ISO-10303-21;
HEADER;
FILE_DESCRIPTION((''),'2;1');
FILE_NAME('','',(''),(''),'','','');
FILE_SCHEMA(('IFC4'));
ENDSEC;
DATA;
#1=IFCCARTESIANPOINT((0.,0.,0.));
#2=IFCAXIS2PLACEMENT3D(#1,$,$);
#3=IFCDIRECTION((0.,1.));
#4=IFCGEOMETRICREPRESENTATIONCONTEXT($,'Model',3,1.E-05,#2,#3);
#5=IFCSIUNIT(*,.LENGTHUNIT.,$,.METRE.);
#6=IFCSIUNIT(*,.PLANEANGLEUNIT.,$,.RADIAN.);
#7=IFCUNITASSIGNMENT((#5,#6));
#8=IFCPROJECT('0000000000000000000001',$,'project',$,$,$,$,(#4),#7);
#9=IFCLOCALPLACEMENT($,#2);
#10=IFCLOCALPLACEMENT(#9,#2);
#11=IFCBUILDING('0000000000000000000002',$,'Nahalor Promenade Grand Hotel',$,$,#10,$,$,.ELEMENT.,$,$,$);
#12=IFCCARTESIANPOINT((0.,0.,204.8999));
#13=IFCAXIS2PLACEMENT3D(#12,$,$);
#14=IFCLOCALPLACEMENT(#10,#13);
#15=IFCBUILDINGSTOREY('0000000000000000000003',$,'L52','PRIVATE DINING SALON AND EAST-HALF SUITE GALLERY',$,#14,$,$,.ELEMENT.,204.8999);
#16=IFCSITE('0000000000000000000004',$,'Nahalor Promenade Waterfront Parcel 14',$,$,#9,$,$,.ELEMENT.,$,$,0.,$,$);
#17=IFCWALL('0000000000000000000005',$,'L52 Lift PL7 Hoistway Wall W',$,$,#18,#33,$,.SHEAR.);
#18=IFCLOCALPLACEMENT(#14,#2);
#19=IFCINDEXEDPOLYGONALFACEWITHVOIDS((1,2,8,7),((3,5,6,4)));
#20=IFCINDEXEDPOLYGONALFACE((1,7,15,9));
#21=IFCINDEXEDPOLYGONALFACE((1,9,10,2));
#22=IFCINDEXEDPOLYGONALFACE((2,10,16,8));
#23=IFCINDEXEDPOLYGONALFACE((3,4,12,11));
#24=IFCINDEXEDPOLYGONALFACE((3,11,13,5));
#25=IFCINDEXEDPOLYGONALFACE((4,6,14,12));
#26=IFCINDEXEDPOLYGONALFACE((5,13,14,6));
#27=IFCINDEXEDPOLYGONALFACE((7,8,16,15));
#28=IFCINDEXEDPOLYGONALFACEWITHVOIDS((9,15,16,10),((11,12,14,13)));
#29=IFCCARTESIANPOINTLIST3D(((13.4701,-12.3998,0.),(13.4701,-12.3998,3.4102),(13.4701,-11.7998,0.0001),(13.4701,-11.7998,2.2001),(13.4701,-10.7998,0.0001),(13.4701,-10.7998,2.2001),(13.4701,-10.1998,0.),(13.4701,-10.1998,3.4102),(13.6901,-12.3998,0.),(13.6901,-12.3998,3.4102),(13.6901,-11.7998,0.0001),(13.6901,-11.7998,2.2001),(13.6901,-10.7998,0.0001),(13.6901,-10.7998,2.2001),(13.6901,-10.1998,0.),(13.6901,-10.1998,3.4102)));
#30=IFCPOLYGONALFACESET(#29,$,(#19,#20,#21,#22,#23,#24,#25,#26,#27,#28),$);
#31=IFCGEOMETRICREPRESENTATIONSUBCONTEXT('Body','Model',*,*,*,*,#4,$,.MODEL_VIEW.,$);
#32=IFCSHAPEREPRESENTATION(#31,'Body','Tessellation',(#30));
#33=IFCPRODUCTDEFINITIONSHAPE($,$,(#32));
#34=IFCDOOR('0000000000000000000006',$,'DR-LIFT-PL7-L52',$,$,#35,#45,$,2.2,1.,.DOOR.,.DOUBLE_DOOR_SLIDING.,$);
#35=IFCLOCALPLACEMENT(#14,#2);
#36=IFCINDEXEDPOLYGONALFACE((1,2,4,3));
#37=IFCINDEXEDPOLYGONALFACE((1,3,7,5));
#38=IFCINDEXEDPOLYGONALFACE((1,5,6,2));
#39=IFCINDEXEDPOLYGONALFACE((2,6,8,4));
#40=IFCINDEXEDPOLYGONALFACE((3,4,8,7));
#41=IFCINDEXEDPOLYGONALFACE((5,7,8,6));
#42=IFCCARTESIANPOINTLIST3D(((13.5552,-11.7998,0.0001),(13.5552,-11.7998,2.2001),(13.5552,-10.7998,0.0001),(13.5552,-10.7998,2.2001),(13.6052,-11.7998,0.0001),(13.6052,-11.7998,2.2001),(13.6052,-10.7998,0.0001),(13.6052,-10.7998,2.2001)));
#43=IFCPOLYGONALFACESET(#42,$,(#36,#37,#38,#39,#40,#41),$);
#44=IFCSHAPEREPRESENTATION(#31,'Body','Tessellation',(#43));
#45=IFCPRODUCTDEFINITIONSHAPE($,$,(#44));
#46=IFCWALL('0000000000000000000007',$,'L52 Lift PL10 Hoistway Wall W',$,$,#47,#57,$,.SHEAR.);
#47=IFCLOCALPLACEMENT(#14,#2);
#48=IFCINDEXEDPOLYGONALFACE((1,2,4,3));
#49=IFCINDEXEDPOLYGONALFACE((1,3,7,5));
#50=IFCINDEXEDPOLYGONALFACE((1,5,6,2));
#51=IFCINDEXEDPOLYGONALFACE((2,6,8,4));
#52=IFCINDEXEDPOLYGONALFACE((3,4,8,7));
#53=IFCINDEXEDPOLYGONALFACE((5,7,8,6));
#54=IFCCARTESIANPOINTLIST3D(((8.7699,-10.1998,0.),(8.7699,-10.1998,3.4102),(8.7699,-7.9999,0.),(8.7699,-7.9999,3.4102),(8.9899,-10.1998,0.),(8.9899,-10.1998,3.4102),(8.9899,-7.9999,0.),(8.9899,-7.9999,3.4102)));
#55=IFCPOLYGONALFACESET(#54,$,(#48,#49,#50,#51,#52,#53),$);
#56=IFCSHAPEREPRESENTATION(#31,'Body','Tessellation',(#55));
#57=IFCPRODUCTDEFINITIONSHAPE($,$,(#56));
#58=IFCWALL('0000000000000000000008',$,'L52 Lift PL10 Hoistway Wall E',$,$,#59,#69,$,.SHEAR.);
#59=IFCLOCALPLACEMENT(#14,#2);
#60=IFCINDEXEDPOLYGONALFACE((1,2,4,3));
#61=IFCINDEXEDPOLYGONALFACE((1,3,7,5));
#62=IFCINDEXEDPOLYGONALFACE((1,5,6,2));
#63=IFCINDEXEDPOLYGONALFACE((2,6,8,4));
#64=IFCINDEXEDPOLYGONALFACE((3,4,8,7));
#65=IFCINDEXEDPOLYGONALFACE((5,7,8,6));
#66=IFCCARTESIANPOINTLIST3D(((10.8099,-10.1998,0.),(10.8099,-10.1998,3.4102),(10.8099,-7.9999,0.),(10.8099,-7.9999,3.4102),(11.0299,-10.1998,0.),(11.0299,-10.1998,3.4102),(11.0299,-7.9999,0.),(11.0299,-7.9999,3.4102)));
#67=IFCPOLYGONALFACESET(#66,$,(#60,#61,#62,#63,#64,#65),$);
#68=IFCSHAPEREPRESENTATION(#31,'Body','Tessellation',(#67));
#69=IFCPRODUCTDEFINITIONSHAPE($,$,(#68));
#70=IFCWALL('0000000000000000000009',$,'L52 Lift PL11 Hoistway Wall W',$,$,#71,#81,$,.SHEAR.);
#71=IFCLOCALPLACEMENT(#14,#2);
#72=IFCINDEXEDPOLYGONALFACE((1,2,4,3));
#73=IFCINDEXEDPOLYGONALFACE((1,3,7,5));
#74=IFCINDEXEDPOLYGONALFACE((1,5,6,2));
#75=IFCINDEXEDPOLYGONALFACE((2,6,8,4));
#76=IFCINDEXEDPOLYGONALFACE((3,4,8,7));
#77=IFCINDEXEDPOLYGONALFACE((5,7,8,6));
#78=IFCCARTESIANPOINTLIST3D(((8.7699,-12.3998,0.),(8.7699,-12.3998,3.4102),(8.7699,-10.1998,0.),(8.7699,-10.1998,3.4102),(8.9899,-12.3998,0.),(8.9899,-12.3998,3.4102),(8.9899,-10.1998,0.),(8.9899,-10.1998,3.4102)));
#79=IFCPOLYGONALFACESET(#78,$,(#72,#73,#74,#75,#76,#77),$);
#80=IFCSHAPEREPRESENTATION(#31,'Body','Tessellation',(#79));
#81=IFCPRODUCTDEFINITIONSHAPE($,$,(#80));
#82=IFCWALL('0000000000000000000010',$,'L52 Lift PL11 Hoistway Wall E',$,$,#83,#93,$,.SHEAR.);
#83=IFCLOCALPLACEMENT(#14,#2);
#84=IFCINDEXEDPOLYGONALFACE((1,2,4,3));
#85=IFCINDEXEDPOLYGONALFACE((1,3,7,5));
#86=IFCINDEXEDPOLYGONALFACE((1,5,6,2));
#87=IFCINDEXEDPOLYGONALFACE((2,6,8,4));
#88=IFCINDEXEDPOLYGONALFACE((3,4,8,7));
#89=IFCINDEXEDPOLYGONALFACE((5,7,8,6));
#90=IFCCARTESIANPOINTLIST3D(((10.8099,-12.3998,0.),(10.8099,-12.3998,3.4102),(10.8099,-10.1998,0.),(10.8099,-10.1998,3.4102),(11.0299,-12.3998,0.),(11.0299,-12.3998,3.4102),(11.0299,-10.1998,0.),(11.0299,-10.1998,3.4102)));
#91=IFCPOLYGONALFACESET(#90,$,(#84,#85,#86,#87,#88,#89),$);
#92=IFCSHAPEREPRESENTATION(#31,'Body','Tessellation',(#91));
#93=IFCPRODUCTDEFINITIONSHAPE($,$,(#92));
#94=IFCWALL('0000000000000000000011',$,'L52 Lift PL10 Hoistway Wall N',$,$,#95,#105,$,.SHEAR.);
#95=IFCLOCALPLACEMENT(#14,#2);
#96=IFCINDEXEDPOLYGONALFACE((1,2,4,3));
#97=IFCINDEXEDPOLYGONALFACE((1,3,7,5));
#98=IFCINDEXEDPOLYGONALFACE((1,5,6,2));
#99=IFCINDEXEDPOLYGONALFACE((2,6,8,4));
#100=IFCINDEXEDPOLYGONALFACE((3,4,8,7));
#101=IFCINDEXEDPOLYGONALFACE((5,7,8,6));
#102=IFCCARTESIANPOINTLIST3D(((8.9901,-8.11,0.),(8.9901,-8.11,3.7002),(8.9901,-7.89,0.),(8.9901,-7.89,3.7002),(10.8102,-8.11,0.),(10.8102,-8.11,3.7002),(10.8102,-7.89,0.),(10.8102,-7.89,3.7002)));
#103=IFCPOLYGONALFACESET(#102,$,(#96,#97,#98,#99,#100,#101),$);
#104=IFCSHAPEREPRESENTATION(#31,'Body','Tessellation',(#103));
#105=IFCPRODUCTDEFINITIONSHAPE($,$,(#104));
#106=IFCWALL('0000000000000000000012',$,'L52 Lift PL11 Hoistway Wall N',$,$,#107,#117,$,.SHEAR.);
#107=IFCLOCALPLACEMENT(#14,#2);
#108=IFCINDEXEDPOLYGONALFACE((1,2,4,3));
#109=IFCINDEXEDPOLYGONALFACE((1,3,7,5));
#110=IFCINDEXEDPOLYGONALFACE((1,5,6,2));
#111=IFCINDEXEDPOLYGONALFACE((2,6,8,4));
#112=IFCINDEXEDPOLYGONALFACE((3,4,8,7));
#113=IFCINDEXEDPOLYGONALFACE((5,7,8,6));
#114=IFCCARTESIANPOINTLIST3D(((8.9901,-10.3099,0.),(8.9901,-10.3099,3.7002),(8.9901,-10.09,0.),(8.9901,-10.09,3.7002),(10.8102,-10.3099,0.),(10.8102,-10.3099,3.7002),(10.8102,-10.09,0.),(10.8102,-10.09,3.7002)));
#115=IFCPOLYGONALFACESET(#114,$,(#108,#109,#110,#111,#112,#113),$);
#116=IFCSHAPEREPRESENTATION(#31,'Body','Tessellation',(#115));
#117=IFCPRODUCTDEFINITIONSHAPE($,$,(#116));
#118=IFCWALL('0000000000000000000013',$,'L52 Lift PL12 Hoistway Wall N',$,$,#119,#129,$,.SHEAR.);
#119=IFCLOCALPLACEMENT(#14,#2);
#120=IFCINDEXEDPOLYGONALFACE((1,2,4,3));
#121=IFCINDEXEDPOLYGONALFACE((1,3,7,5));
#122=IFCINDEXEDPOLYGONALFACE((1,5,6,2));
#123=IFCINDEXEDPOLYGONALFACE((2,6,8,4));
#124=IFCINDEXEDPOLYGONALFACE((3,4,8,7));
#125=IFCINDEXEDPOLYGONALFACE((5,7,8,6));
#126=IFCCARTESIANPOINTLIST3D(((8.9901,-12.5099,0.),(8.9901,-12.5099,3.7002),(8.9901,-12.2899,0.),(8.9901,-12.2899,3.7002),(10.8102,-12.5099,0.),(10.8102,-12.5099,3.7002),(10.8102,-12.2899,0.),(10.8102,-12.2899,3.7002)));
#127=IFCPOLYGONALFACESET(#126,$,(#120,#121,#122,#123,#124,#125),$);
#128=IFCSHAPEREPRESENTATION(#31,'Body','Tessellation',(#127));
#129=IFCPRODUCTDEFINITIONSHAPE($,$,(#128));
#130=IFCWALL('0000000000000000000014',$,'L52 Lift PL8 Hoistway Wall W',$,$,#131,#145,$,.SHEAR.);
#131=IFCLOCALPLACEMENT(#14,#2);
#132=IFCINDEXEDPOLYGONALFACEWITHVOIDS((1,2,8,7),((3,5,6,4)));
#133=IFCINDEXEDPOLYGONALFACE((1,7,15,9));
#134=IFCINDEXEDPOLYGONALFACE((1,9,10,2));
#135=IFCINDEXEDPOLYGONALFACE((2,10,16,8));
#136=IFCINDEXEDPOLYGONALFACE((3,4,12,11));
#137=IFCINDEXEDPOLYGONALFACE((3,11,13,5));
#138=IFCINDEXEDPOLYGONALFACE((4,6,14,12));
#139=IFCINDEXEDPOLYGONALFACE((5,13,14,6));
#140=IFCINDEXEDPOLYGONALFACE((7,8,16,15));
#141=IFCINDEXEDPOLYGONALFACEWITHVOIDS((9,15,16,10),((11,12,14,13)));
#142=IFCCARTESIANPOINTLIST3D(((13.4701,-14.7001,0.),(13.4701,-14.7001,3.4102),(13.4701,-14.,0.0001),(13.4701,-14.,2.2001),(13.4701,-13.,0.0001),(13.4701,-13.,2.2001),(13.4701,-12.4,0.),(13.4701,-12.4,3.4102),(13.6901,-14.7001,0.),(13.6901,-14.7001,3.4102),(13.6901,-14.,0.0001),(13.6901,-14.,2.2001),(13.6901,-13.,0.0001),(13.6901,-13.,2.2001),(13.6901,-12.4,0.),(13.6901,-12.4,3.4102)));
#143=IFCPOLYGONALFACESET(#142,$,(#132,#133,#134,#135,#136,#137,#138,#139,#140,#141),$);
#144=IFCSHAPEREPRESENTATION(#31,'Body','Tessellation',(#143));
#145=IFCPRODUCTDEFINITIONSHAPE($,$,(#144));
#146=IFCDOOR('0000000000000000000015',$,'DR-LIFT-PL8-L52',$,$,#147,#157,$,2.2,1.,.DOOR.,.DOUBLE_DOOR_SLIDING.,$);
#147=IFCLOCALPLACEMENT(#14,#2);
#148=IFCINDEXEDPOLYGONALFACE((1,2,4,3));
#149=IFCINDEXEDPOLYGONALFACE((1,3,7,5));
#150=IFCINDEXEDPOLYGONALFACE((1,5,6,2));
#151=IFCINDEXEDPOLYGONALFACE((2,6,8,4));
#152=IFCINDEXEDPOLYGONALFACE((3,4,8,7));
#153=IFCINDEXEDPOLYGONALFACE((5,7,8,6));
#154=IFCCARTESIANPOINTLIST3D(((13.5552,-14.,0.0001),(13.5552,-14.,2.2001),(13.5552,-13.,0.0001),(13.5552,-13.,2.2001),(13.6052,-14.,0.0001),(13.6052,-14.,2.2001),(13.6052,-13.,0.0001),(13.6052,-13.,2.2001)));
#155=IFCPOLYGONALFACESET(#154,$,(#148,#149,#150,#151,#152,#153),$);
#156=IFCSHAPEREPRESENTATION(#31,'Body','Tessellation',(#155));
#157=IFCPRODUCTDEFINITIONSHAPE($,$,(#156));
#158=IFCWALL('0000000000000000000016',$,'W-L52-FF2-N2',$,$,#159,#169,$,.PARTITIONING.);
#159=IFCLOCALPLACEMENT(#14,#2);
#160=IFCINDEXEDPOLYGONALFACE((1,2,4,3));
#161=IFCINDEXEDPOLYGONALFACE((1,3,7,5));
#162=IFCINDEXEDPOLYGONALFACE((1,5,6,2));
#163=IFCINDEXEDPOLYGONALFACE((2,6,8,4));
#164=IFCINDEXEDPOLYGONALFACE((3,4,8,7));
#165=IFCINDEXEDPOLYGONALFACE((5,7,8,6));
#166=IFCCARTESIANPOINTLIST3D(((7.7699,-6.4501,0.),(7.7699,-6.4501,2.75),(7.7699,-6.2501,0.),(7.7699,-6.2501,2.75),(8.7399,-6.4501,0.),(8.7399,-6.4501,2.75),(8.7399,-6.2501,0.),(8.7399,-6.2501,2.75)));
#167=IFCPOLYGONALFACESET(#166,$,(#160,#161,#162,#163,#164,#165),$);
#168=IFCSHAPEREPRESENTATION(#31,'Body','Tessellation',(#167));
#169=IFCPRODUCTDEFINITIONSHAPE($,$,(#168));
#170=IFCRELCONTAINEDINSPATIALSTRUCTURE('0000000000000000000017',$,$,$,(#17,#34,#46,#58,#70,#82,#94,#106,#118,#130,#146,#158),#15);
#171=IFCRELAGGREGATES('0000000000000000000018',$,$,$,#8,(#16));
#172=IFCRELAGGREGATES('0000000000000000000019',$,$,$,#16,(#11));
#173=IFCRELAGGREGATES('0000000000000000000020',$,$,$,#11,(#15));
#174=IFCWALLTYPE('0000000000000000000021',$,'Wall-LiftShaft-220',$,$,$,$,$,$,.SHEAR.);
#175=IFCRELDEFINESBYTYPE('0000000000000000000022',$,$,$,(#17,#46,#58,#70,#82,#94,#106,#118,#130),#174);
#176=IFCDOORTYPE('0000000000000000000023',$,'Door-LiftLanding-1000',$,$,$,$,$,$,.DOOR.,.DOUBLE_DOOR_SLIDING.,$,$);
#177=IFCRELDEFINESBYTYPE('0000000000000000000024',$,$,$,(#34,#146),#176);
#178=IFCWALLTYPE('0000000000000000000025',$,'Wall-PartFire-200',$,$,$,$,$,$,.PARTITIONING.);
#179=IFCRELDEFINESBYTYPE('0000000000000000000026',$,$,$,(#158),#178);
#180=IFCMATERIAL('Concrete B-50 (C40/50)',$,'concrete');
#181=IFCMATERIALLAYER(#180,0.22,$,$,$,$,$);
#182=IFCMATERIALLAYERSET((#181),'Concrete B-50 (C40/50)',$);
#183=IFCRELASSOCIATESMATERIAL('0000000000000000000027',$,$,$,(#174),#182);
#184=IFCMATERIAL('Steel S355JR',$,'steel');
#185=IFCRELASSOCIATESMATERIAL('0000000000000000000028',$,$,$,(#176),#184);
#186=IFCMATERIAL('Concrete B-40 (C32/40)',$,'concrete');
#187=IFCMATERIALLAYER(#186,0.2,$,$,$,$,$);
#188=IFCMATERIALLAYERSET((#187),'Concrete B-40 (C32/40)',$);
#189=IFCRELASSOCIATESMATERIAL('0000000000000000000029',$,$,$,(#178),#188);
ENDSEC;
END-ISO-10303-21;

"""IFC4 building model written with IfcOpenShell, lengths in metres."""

from ifc_helpers import new_model, si_unit, direction, frame, frame_2d, origin, place, context, subcontext, project, spatial, rectangle, extrude, source, transform, mapped, material, layer, layer_set, type_object, element, fill, save


model = new_model("IFC4")

# Units and contexts
model_context = context("Model", 3, precision=1e-05, world=origin(), true_north=direction((0.0, 1.0)))
body_context = subcontext(model_context, "Body", "Model", "MODEL_VIEW")
ifc_project = project(units=[si_unit("LENGTHUNIT", "METRE"), si_unit("PLANEANGLEUNIT", "RADIAN")], contexts=[model_context])

# Site, building, storey
site_placement = place(None, origin())
site = spatial("IfcSite", under=ifc_project, at=site_placement, Name="Nahalor Promenade Waterfront Parcel 14", CompositionType="ELEMENT", RefElevation=0.0)
building_placement = place(site_placement, origin())
building = spatial("IfcBuilding", under=site, at=building_placement, Name="Nahalor Promenade Grand Hotel", CompositionType="ELEMENT")
storey_placement = place(building_placement, frame((0.0, 0.0, 204.8999)))
storey = spatial("IfcBuildingStorey", under=building, at=storey_placement, Name="L52", Description="PRIVATE DINING SALON AND EAST-HALF SUITE GALLERY", CompositionType="ELEMENT", Elevation=204.8999)

# Shared definitions
ifc_material_1 = material(Name="Steel S355JR", Category="steel")

# Shared definitions
ifc_material_2 = material(Name="Concrete B-50 (C40/50)", Category="concrete")

# Shared definitions
ifc_layer_1 = layer(ifc_material_2, 0.22)
ifc_layer_set_1 = layer_set([ifc_layer_1], Name="Concrete B-50 (C40/50)")
wall_type_1 = type_object("IfcWallType", Name="Wall-LiftShaft-220", PredefinedType="SHEAR", material=ifc_layer_set_1)
door_type = type_object("IfcDoorType", Name="Door-LiftLanding-1000", OperationType="DOUBLE_DOOR_SLIDING", PredefinedType="DOOR", material=ifc_material_1)
shared_shape_1 = source(origin(), body_context, "Body", "SweptSolid", [
    extrude(rectangle(XDim=1.0, YDim=2.2, at=frame_2d((0.5, 1.1001))), frame((0.0, 0.0249, 0.0), z_axis=(0.0, -1.0, 0.0), x_axis=(1.0, 0.0, 0.0)), (0.0, 0.0, 1.0), 0.05),
])

# Wall, opening, door
shared_shape_2 = source(origin(), body_context, "Body", "SweptSolid", [
    extrude(rectangle(XDim=2.2, YDim=0.22, at=frame_2d((1.1001, 0.0))), origin(), (0.0, 0.0, 1.0), 3.4102),
])
wall_1_placement = place(storey_placement, frame((13.5801, -12.3999, 0.0), z_axis=(0.0, 0.0, 1.0), x_axis=(0.0, 1.0, 0.0)))
wall_1 = element("IfcWall", 1, at=wall_1_placement, inside=storey, type_object=wall_type_1, Name="L52 Lift PL7 Hoistway Wall W", PredefinedType="SHEAR", context=body_context, shape_type="MappedRepresentation", body=[
    mapped(shared_shape_2, transform((0.0, 0.0, 0.0), scale=1.0)),
])
opening_1_placement = place(wall_1_placement, frame((0.6001, 0.0, 0.0)))
opening_1 = element("IfcOpeningElement", 2, at=opening_1_placement, cuts=wall_1, PredefinedType="OPENING", context=body_context, shape_type="SweptSolid", body=[
    extrude(rectangle(XDim=1.0, YDim=2.2, at=frame_2d((0.5, 1.1001))), frame((0.0, 0.1199, 0.0), z_axis=(0.0, -1.0, 0.0), x_axis=(1.0, 0.0, 0.0)), (0.0, 0.0, 1.0), 0.24),
])
door_1_placement = place(opening_1_placement, origin())
door_1 = element("IfcDoor", 3, at=door_1_placement, inside=storey, type_object=door_type, Name="DR-LIFT-PL7-L52", OperationType="DOUBLE_DOOR_SLIDING", OverallHeight=2.2, OverallWidth=1.0, PredefinedType="DOOR", context=body_context, shape_type="MappedRepresentation", body=[
    mapped(shared_shape_1, transform((0.0, 0.0, 0.0), scale=1.0)),
])
fill(opening_1, door_1)

# Walls
for number, where, z_axis, x_axis, name in (
    (4, (8.8799, -10.2, 0.0), (0.0, 0.0, 1.0), (0.0, 1.0, 0.0), "L52 Lift PL10 Hoistway Wall W"),
    (5, (10.9199, -10.2, 0.0), (0.0, 0.0, 1.0), (0.0, 1.0, 0.0), "L52 Lift PL10 Hoistway Wall E"),
    (6, (8.8799, -12.3999, 0.0), (0.0, 0.0, 1.0), (0.0, 1.0, 0.0), "L52 Lift PL11 Hoistway Wall W"),
    (7, (10.9199, -12.3999, 0.0), (0.0, 0.0, 1.0), (0.0, 1.0, 0.0), "L52 Lift PL11 Hoistway Wall E"),
):
    element("IfcWall", number, at=place(storey_placement, frame(where, z_axis=z_axis, x_axis=x_axis)), inside=storey, type_object=wall_type_1, Name=name, PredefinedType="SHEAR", context=body_context, shape_type="MappedRepresentation", body=[
        mapped(shared_shape_2, transform((0.0, 0.0, 0.0), scale=1.0)),
    ])
shared_shape_3 = source(origin(), body_context, "Body", "SweptSolid", [
    extrude(rectangle(XDim=1.8201, YDim=0.22, at=frame_2d((0.9102, 0.0))), origin(), (0.0, 0.0, 1.0), 3.7002),
])
for number, where, z_axis, x_axis, name in (
    (8, (8.99, -8.0, 0.0), (0.0, 0.0, 1.0), (1.0, 0.0, 0.0), "L52 Lift PL10 Hoistway Wall N"),
    (9, (8.99, -10.2, 0.0), (0.0, 0.0, 1.0), (1.0, 0.0, 0.0), "L52 Lift PL11 Hoistway Wall N"),
    (10, (8.99, -12.3999, 0.0), (0.0, 0.0, 1.0), (1.0, 0.0, 0.0), "L52 Lift PL12 Hoistway Wall N"),
):
    element("IfcWall", number, at=place(storey_placement, frame(where, z_axis=z_axis, x_axis=x_axis)), inside=storey, type_object=wall_type_1, Name=name, PredefinedType="SHEAR", context=body_context, shape_type="MappedRepresentation", body=[
        mapped(shared_shape_3, transform((0.0, 0.0, 0.0), scale=1.0)),
    ])

# Wall, opening, door
shared_shape_4 = source(origin(), body_context, "Body", "SweptSolid", [
    extrude(rectangle(XDim=2.3, YDim=0.22, at=frame_2d((1.1499, 0.0))), origin(), (0.0, 0.0, 1.0), 3.4102),
])
wall_2_placement = place(storey_placement, frame((13.5801, -14.7, 0.0), z_axis=(0.0, 0.0, 1.0), x_axis=(0.0, 1.0, 0.0)))
wall_2 = element("IfcWall", 11, at=wall_2_placement, inside=storey, type_object=wall_type_1, Name="L52 Lift PL8 Hoistway Wall W", PredefinedType="SHEAR", context=body_context, shape_type="MappedRepresentation", body=[
    mapped(shared_shape_4, transform((0.0, 0.0, 0.0), scale=1.0)),
])
opening_2_placement = place(wall_2_placement, frame((0.7, 0.0, 0.0)))
opening_2 = element("IfcOpeningElement", 12, at=opening_2_placement, cuts=wall_2, PredefinedType="OPENING", context=body_context, shape_type="SweptSolid", body=[
    extrude(rectangle(XDim=1.0, YDim=2.2, at=frame_2d((0.5, 1.1001))), frame((0.0, 0.1199, 0.0), z_axis=(0.0, -1.0, 0.0), x_axis=(1.0, 0.0, 0.0)), (0.0, 0.0, 1.0), 0.24),
])
door_2_placement = place(opening_2_placement, origin())
door_2 = element("IfcDoor", 13, at=door_2_placement, inside=storey, type_object=door_type, Name="DR-LIFT-PL8-L52", OperationType="DOUBLE_DOOR_SLIDING", OverallHeight=2.2, OverallWidth=1.0, PredefinedType="DOOR", context=body_context, shape_type="MappedRepresentation", body=[
    mapped(shared_shape_1, transform((0.0, 0.0, 0.0), scale=1.0)),
])
fill(opening_2, door_2)

# Wall
ifc_material_3 = material(Name="Concrete B-40 (C32/40)", Category="concrete")
ifc_layer_2 = layer(ifc_material_3, 0.2)
ifc_layer_set_2 = layer_set([ifc_layer_2], Name="Concrete B-40 (C32/40)")
wall_type_2 = type_object("IfcWallType", Name="Wall-PartFire-200", PredefinedType="PARTITIONING", material=ifc_layer_set_2)
shared_shape_5 = source(origin(), body_context, "Body", "SweptSolid", [
    extrude(rectangle(XDim=0.97, YDim=0.2, at=frame_2d((0.4849, 0.0))), origin(), (0.0, 0.0, 1.0), 2.75),
])
wall_3_placement = place(storey_placement, frame((7.77, -6.3501, 0.0), z_axis=(0.0, 0.0, 1.0), x_axis=(1.0, 0.0, 0.0)))
element("IfcWall", 14, at=wall_3_placement, inside=storey, type_object=wall_type_2, Name="W-L52-FF2-N2", PredefinedType="PARTITIONING", context=body_context, shape_type="MappedRepresentation", body=[
    mapped(shared_shape_5, transform((0.0, 0.0, 0.0), scale=1.0)),
])

save(model, "model.ifc")
